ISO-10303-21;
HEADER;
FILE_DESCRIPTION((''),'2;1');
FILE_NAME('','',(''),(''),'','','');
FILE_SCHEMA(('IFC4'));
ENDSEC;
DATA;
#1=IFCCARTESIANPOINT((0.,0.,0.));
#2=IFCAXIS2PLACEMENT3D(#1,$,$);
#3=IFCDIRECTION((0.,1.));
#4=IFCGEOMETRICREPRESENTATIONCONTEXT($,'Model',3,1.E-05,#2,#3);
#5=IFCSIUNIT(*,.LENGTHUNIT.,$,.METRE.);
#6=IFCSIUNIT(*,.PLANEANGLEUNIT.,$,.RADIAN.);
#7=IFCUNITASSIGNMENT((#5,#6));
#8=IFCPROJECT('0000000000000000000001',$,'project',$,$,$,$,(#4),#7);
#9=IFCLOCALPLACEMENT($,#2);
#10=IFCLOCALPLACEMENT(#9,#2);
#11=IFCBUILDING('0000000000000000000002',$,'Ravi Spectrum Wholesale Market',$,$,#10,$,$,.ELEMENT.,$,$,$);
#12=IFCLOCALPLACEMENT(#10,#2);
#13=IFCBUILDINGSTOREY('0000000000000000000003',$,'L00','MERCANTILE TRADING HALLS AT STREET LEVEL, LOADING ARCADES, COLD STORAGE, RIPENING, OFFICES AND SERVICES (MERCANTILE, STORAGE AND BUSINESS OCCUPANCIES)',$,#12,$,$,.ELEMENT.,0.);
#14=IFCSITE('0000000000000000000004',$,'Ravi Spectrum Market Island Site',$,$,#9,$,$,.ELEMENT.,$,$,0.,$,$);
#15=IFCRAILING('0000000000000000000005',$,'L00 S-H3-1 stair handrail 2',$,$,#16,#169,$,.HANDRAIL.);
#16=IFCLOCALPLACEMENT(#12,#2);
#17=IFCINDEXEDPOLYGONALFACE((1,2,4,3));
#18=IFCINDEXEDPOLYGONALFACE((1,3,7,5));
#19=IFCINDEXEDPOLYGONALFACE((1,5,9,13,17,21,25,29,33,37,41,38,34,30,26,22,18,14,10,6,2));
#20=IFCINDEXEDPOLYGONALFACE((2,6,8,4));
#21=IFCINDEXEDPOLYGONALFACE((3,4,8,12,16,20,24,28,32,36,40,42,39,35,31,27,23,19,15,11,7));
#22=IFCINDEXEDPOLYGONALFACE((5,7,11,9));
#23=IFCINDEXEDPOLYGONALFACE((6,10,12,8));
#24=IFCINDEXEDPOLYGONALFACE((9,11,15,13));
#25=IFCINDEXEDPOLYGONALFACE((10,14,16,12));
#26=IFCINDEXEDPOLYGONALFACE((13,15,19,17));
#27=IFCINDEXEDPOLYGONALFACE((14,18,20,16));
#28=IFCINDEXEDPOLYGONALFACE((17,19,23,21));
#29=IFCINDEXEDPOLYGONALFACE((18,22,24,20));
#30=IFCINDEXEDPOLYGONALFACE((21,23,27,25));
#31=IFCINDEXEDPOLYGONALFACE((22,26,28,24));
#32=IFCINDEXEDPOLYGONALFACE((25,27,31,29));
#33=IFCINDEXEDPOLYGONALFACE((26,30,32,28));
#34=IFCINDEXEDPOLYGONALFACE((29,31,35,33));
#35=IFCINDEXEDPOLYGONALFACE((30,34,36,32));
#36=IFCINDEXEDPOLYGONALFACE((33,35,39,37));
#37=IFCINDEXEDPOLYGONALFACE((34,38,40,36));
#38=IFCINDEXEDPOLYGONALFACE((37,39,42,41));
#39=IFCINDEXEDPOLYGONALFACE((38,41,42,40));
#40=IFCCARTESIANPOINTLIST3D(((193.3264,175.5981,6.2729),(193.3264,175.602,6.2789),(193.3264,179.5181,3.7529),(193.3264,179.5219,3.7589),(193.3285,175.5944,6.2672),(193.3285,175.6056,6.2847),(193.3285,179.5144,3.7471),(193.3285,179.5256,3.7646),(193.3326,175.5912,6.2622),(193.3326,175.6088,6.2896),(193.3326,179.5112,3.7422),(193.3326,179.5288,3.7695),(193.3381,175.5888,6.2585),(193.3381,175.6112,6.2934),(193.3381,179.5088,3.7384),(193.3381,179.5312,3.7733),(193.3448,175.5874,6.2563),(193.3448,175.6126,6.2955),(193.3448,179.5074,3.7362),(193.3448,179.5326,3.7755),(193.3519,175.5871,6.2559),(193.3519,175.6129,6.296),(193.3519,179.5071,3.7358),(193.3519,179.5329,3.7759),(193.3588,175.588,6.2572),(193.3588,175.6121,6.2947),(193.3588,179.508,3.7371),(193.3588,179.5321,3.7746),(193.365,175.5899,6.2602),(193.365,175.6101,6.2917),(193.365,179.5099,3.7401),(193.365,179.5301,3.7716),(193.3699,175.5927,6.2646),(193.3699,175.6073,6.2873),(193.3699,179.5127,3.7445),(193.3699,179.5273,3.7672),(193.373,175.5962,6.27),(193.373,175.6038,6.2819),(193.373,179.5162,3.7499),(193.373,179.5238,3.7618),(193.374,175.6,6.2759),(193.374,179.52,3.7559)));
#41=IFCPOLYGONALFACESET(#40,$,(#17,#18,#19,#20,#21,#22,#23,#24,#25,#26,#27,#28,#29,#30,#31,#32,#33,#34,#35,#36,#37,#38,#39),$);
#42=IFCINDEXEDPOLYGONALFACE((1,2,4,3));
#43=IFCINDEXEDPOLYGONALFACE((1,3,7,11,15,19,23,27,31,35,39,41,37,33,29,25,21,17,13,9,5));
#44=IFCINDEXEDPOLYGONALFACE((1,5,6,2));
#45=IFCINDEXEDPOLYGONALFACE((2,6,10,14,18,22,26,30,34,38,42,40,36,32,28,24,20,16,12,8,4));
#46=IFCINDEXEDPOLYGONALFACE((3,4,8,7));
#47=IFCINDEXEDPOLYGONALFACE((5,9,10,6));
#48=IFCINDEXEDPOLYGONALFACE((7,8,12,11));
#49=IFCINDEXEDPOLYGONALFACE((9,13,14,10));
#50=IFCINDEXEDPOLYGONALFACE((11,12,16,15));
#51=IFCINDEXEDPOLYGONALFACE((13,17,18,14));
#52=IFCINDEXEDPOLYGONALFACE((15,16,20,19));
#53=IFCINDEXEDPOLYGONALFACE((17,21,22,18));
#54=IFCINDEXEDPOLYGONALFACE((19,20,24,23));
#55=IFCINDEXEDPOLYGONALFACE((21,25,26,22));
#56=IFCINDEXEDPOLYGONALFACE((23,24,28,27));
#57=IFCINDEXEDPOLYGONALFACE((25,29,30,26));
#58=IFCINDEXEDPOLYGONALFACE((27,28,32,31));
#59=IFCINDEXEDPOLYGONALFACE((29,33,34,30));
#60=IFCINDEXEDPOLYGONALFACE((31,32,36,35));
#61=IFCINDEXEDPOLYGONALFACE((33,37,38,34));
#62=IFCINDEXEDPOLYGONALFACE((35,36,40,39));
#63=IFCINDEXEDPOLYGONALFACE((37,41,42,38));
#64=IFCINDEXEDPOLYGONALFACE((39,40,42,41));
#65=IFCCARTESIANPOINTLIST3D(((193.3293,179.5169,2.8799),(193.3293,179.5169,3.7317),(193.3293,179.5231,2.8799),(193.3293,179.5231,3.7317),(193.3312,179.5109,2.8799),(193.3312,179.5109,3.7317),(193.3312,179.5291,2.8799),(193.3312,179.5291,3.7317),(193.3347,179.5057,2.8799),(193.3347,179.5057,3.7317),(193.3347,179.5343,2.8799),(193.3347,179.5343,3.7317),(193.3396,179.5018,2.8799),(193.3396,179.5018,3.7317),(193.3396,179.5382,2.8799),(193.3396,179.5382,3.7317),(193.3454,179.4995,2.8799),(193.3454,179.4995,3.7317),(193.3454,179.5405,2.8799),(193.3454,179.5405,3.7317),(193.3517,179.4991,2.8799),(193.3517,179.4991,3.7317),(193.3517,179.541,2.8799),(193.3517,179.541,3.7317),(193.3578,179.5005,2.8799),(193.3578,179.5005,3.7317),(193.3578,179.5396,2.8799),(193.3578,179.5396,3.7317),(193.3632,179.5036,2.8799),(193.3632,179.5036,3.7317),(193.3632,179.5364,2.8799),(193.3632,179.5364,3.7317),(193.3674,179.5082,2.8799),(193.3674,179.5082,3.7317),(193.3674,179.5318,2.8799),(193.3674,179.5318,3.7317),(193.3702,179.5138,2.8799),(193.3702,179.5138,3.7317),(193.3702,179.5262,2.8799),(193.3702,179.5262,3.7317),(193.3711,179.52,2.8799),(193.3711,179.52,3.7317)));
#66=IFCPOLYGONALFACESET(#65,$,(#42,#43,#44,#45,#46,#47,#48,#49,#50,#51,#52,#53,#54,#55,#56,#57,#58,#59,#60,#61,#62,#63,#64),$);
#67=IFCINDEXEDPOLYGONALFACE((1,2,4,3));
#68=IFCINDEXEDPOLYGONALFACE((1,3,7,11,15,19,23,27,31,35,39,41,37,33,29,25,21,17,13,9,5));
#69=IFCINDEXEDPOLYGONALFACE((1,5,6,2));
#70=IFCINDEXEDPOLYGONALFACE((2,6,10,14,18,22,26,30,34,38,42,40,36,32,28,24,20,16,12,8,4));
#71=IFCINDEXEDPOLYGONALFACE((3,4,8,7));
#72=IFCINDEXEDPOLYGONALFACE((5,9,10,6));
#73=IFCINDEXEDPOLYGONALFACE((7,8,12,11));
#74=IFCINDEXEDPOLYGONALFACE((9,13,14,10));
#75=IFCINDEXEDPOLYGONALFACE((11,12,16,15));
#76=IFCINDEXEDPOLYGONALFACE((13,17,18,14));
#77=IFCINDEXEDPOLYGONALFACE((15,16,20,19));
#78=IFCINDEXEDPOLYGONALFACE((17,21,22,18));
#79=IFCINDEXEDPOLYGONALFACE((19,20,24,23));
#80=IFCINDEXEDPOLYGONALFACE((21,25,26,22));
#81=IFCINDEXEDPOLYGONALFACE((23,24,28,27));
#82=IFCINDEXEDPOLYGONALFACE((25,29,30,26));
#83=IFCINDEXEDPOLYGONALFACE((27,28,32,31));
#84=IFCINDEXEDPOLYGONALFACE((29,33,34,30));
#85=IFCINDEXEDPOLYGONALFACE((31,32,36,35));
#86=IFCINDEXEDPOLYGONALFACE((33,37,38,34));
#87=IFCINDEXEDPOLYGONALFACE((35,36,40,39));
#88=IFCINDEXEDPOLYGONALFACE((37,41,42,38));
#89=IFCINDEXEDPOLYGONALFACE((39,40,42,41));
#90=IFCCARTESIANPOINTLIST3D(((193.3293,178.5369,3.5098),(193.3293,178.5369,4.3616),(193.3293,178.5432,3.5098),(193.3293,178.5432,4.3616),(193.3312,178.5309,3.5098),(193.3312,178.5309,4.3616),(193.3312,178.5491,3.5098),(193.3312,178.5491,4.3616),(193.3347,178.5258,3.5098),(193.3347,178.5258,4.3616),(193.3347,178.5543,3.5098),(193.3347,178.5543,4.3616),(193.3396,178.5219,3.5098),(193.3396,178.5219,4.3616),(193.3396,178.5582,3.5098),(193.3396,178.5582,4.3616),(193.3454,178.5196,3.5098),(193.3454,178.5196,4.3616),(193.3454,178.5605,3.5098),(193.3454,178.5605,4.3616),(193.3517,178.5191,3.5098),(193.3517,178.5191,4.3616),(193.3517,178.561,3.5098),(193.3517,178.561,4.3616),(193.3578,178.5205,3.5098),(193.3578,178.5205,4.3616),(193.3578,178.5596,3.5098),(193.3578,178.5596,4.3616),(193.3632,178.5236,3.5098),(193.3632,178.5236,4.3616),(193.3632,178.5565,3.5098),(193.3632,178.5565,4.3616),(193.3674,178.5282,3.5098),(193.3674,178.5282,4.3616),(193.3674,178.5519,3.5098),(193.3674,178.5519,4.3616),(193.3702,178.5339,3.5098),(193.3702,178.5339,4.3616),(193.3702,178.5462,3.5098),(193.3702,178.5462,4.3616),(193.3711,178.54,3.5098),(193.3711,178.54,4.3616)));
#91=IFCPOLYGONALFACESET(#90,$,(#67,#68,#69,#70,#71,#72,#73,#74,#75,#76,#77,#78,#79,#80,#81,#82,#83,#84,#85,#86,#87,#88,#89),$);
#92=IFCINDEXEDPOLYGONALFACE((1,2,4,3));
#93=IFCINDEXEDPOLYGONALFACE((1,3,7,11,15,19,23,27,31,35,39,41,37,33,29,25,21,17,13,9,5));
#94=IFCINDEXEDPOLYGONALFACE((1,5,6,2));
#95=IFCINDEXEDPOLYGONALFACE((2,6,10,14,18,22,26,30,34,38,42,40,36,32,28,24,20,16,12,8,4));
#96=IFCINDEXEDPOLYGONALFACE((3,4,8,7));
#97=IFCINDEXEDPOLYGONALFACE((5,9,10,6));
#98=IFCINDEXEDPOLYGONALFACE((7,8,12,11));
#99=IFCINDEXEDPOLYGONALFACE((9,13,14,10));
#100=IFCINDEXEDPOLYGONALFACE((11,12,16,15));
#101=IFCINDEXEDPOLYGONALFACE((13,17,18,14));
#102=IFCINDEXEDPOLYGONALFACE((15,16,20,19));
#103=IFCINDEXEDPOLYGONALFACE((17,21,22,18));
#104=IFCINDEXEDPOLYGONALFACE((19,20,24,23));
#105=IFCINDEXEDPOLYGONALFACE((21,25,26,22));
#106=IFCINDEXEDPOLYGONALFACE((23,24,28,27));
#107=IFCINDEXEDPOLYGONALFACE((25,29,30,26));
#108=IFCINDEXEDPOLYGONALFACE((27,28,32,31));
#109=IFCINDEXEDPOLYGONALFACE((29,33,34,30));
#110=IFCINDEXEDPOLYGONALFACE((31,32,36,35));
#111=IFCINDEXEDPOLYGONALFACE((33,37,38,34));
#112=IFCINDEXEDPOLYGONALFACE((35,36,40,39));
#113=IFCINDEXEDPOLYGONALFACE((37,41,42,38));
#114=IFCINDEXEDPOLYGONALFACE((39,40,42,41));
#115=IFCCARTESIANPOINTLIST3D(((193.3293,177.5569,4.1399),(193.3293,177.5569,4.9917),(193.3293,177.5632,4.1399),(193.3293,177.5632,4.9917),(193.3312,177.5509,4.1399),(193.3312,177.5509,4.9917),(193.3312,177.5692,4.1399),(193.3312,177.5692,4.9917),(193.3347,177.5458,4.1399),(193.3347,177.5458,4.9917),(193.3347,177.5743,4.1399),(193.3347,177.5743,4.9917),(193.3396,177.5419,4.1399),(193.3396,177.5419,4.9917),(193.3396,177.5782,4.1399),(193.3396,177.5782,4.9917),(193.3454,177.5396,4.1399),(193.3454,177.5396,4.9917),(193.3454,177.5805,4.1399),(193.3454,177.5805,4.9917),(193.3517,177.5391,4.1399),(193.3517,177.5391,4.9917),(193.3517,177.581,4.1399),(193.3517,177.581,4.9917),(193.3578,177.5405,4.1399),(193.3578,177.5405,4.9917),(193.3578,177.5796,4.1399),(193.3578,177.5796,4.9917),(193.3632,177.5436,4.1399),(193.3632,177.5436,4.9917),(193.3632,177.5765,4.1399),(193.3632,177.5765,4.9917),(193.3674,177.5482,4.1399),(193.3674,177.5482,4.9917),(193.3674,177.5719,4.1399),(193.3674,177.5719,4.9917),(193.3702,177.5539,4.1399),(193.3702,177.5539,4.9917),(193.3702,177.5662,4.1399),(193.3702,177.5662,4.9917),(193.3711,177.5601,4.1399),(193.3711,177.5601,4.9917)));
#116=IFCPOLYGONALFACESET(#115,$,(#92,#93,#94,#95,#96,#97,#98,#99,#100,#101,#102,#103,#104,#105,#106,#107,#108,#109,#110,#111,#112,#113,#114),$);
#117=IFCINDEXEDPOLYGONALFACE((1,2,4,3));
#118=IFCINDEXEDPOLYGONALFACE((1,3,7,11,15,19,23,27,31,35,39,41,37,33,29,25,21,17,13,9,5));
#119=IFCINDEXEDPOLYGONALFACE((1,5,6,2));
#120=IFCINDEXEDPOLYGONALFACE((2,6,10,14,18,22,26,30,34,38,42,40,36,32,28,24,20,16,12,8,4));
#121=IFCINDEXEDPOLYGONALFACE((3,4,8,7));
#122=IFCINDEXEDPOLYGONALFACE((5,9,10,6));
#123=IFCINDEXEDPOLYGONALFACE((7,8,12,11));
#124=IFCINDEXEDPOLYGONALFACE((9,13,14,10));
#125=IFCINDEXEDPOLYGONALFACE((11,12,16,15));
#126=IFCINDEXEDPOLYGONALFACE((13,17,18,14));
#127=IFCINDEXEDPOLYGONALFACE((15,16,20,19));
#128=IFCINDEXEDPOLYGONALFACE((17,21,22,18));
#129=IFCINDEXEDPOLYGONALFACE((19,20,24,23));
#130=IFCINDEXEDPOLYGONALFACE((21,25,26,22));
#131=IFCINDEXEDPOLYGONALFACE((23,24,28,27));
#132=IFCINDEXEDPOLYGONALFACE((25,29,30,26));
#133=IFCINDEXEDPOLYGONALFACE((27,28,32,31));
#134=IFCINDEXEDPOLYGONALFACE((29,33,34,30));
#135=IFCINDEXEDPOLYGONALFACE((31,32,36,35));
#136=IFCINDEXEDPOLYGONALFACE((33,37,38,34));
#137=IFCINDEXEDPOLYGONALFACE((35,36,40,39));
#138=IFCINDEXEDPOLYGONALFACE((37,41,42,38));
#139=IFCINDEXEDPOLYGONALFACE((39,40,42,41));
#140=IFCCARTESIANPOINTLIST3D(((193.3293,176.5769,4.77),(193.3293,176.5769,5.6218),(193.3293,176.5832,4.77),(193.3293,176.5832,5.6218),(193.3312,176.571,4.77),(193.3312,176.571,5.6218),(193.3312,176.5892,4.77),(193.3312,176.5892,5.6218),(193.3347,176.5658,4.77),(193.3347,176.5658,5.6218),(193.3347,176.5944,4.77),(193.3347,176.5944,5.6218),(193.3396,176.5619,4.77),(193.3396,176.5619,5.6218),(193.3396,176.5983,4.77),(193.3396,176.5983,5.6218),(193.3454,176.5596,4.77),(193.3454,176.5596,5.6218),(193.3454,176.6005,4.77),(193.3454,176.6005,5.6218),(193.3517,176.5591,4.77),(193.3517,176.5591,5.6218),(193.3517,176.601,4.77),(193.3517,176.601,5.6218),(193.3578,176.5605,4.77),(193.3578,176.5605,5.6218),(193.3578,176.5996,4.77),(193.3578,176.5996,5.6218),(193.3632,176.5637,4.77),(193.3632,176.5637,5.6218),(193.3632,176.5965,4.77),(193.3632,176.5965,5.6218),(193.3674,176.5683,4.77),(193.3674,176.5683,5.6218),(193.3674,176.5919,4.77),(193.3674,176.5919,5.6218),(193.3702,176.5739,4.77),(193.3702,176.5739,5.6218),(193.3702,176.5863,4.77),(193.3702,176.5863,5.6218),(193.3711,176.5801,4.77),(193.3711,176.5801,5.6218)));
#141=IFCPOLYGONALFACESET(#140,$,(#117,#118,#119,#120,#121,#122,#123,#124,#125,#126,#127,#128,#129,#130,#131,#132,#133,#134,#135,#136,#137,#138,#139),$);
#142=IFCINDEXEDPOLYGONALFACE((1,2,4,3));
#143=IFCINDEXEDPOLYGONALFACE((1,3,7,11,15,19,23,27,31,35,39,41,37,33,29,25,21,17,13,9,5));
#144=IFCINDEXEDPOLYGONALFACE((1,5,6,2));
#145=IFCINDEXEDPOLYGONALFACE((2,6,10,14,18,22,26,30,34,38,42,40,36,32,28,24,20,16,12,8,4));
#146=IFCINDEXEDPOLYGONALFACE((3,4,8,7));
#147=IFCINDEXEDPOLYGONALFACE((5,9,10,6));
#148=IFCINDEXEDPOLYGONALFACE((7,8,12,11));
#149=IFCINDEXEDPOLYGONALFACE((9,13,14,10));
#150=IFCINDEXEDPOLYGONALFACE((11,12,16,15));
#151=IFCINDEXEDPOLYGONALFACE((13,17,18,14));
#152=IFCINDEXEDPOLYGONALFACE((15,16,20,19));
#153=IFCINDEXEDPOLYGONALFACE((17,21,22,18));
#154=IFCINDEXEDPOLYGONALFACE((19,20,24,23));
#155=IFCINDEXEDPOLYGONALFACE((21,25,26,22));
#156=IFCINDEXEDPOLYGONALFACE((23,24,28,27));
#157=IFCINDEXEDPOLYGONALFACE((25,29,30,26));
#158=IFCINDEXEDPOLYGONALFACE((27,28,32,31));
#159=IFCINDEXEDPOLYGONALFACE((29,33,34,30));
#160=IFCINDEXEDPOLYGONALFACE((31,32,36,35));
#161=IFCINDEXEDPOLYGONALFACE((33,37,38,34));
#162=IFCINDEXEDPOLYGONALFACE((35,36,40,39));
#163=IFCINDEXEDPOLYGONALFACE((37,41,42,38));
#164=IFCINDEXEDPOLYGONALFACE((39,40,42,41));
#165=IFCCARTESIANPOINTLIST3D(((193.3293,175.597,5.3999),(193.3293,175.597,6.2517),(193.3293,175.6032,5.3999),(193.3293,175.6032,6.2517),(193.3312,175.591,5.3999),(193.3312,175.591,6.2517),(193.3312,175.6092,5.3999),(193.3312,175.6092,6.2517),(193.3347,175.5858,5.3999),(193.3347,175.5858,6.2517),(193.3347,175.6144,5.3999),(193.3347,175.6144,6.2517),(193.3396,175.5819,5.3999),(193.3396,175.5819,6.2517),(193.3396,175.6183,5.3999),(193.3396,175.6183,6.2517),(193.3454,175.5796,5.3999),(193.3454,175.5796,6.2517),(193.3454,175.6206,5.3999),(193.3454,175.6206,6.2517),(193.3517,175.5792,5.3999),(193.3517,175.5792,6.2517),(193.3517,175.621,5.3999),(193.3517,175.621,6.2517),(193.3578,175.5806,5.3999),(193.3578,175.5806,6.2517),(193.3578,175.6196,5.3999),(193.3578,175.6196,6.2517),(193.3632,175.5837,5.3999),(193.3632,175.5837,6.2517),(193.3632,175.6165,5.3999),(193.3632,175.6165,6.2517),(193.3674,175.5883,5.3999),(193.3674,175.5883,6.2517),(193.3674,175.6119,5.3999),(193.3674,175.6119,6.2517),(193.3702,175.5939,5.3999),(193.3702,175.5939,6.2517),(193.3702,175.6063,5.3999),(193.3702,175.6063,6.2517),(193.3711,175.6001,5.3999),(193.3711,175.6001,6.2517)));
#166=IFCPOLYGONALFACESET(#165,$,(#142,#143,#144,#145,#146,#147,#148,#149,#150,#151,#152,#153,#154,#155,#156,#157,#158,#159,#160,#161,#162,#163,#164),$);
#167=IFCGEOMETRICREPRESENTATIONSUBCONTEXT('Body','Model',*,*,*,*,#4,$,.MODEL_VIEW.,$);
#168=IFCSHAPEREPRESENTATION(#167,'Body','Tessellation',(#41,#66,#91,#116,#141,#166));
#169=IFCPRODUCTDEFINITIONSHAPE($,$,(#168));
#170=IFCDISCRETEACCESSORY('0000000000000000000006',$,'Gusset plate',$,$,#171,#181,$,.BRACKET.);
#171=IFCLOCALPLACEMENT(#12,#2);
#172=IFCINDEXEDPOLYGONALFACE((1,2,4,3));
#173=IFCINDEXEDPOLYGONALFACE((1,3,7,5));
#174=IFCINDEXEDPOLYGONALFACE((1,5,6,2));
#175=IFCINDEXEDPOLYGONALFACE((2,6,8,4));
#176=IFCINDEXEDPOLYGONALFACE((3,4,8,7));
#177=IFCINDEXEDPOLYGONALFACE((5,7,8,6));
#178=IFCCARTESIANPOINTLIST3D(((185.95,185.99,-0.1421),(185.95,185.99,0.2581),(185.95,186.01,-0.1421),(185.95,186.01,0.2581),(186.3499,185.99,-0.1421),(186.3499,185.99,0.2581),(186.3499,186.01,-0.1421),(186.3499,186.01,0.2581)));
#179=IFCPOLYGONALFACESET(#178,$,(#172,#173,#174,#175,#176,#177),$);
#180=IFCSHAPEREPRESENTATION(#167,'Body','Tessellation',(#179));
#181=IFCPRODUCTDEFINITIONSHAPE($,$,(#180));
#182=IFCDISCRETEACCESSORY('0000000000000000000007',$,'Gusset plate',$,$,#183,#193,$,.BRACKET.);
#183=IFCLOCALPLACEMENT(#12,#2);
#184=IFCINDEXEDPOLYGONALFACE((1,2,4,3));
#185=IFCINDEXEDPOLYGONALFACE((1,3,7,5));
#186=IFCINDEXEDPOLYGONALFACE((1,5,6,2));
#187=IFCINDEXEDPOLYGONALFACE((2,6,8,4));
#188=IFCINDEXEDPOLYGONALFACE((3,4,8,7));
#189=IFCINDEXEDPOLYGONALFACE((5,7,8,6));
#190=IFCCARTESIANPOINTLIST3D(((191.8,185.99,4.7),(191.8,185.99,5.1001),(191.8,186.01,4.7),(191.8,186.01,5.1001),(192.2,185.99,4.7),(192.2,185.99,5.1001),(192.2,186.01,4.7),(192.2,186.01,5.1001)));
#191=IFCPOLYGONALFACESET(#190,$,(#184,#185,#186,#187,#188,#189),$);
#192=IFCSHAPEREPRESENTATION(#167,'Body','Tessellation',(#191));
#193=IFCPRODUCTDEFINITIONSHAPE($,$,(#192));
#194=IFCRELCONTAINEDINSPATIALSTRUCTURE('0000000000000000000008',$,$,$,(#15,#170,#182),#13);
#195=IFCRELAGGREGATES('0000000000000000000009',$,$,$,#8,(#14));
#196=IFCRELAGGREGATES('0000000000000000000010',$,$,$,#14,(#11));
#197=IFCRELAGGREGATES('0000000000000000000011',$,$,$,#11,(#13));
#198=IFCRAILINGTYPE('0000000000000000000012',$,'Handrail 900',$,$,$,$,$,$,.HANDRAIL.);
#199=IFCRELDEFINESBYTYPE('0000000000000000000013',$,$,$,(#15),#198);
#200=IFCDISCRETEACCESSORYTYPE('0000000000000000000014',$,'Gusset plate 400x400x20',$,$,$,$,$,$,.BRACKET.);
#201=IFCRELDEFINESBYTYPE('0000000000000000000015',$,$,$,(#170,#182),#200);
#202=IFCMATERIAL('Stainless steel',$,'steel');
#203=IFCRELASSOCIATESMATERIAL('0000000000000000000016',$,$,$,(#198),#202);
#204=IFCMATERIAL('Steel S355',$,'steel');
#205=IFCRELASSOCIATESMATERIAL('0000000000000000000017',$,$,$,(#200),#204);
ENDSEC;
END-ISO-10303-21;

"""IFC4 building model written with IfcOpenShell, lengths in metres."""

from ifc_helpers import new_model, si_unit, direction, frame, origin, origin_2d, place, context, subcontext, project, spatial, rectangle, circle, extrude, material, material_profile, profile_set, type_object, element, save


model = new_model("IFC4")

# Units and contexts
model_context = context("Model", 3, precision=1e-05, world=origin(), true_north=direction((0.0, 1.0)))
body_context = subcontext(model_context, "Body", "Model", "MODEL_VIEW")
ifc_project = project(units=[si_unit("LENGTHUNIT", "METRE"), si_unit("PLANEANGLEUNIT", "RADIAN")], contexts=[model_context])

# Site, building, storey
site_placement = place(None, origin())
site = spatial("IfcSite", under=ifc_project, at=site_placement, Name="Ravi Spectrum Market Island Site", CompositionType="ELEMENT", RefElevation=0.0)
building_placement = place(site_placement, origin())
building = spatial("IfcBuilding", under=site, at=building_placement, Name="Ravi Spectrum Wholesale Market", CompositionType="ELEMENT")
storey_placement = place(building_placement, origin())
storey = spatial("IfcBuildingStorey", under=building, at=storey_placement, Name="L00", Description="MERCANTILE TRADING HALLS AT STREET LEVEL, LOADING ARCADES, COLD STORAGE, RIPENING, OFFICES AND SERVICES (MERCANTILE, STORAGE AND BUSINESS OCCUPANCIES)", CompositionType="ELEMENT", Elevation=0.0)

# Railing
ifc_material_1 = material(Name="Stainless steel", Category="steel")
railing_type_1 = type_object("IfcRailingType", Name="Handrail 900", PredefinedType="HANDRAIL", material=ifc_material_1)
railing_1_placement = place(storey_placement, frame((193.3501, 179.52, 2.8799)))
element("IfcRailing", 1, at=railing_1_placement, inside=storey, type_object=railing_type_1, Name="L00 S-H3-1 stair handrail 2", PredefinedType="HANDRAIL", context=body_context, shape_type="SweptSolid", body=[
    extrude(circle(Radius=0.0239, at=origin_2d()), frame((0.0, 0.0, 0.876), z_axis=(0.0, -0.841172, 0.540768), x_axis=(1.0, 0.0, 0.0)), (0.0, 0.0, 1.0), 4.6602),
    extrude(circle(Radius=0.021, at=origin_2d()), origin(), (0.0, 0.0, 1.0), 0.8518),
    extrude(circle(Radius=0.021, at=origin_2d()), frame((0.0, -0.98, 0.6299)), (0.0, 0.0, 1.0), 0.8518),
    extrude(circle(Radius=0.021, at=origin_2d()), frame((0.0, -1.96, 1.26)), (0.0, 0.0, 1.0), 0.8518),
    extrude(circle(Radius=0.021, at=origin_2d()), frame((0.0, -2.9399, 1.8901)), (0.0, 0.0, 1.0), 0.8518),
    extrude(circle(Radius=0.021, at=origin_2d()), frame((0.0, -3.9199, 2.52)), (0.0, 0.0, 1.0), 0.8518),
])

# Discrete accessories
ifc_material_2 = material(Name="Steel S355", Category="steel")
ifc_material_profile_1 = material_profile(ifc_material_2, rectangle(XDim=0.3999, YDim=0.02, at=origin_2d()))
ifc_profile_set_1 = profile_set([ifc_material_profile_1], Name="Steel S355")
discrete_accessory_type = type_object("IfcDiscreteAccessoryType", Name="Gusset plate 400x400x20", PredefinedType="BRACKET", material=ifc_profile_set_1)
for number, where, z_axis, x_axis, name in (
    (2, (186.1499, 186.0, -0.1421), (0.0, 0.0, 1.0), (1.0, 0.0, 0.0), "Gusset plate"),
    (3, (192.0, 186.0, 4.7), (0.0, 0.0, 1.0), (1.0, 0.0, 0.0), "Gusset plate"),
):
    element("IfcDiscreteAccessory", number, at=place(storey_placement, frame(where, z_axis=z_axis, x_axis=x_axis)), inside=storey, type_object=discrete_accessory_type, Name=name, PredefinedType="BRACKET", context=body_context, shape_type="SweptSolid", body=[
        extrude(rectangle(XDim=0.3999, YDim=0.02, at=origin_2d()), origin(), (0.0, 0.0, 1.0), 0.4001),
    ])

save(model, "model.ifc")
